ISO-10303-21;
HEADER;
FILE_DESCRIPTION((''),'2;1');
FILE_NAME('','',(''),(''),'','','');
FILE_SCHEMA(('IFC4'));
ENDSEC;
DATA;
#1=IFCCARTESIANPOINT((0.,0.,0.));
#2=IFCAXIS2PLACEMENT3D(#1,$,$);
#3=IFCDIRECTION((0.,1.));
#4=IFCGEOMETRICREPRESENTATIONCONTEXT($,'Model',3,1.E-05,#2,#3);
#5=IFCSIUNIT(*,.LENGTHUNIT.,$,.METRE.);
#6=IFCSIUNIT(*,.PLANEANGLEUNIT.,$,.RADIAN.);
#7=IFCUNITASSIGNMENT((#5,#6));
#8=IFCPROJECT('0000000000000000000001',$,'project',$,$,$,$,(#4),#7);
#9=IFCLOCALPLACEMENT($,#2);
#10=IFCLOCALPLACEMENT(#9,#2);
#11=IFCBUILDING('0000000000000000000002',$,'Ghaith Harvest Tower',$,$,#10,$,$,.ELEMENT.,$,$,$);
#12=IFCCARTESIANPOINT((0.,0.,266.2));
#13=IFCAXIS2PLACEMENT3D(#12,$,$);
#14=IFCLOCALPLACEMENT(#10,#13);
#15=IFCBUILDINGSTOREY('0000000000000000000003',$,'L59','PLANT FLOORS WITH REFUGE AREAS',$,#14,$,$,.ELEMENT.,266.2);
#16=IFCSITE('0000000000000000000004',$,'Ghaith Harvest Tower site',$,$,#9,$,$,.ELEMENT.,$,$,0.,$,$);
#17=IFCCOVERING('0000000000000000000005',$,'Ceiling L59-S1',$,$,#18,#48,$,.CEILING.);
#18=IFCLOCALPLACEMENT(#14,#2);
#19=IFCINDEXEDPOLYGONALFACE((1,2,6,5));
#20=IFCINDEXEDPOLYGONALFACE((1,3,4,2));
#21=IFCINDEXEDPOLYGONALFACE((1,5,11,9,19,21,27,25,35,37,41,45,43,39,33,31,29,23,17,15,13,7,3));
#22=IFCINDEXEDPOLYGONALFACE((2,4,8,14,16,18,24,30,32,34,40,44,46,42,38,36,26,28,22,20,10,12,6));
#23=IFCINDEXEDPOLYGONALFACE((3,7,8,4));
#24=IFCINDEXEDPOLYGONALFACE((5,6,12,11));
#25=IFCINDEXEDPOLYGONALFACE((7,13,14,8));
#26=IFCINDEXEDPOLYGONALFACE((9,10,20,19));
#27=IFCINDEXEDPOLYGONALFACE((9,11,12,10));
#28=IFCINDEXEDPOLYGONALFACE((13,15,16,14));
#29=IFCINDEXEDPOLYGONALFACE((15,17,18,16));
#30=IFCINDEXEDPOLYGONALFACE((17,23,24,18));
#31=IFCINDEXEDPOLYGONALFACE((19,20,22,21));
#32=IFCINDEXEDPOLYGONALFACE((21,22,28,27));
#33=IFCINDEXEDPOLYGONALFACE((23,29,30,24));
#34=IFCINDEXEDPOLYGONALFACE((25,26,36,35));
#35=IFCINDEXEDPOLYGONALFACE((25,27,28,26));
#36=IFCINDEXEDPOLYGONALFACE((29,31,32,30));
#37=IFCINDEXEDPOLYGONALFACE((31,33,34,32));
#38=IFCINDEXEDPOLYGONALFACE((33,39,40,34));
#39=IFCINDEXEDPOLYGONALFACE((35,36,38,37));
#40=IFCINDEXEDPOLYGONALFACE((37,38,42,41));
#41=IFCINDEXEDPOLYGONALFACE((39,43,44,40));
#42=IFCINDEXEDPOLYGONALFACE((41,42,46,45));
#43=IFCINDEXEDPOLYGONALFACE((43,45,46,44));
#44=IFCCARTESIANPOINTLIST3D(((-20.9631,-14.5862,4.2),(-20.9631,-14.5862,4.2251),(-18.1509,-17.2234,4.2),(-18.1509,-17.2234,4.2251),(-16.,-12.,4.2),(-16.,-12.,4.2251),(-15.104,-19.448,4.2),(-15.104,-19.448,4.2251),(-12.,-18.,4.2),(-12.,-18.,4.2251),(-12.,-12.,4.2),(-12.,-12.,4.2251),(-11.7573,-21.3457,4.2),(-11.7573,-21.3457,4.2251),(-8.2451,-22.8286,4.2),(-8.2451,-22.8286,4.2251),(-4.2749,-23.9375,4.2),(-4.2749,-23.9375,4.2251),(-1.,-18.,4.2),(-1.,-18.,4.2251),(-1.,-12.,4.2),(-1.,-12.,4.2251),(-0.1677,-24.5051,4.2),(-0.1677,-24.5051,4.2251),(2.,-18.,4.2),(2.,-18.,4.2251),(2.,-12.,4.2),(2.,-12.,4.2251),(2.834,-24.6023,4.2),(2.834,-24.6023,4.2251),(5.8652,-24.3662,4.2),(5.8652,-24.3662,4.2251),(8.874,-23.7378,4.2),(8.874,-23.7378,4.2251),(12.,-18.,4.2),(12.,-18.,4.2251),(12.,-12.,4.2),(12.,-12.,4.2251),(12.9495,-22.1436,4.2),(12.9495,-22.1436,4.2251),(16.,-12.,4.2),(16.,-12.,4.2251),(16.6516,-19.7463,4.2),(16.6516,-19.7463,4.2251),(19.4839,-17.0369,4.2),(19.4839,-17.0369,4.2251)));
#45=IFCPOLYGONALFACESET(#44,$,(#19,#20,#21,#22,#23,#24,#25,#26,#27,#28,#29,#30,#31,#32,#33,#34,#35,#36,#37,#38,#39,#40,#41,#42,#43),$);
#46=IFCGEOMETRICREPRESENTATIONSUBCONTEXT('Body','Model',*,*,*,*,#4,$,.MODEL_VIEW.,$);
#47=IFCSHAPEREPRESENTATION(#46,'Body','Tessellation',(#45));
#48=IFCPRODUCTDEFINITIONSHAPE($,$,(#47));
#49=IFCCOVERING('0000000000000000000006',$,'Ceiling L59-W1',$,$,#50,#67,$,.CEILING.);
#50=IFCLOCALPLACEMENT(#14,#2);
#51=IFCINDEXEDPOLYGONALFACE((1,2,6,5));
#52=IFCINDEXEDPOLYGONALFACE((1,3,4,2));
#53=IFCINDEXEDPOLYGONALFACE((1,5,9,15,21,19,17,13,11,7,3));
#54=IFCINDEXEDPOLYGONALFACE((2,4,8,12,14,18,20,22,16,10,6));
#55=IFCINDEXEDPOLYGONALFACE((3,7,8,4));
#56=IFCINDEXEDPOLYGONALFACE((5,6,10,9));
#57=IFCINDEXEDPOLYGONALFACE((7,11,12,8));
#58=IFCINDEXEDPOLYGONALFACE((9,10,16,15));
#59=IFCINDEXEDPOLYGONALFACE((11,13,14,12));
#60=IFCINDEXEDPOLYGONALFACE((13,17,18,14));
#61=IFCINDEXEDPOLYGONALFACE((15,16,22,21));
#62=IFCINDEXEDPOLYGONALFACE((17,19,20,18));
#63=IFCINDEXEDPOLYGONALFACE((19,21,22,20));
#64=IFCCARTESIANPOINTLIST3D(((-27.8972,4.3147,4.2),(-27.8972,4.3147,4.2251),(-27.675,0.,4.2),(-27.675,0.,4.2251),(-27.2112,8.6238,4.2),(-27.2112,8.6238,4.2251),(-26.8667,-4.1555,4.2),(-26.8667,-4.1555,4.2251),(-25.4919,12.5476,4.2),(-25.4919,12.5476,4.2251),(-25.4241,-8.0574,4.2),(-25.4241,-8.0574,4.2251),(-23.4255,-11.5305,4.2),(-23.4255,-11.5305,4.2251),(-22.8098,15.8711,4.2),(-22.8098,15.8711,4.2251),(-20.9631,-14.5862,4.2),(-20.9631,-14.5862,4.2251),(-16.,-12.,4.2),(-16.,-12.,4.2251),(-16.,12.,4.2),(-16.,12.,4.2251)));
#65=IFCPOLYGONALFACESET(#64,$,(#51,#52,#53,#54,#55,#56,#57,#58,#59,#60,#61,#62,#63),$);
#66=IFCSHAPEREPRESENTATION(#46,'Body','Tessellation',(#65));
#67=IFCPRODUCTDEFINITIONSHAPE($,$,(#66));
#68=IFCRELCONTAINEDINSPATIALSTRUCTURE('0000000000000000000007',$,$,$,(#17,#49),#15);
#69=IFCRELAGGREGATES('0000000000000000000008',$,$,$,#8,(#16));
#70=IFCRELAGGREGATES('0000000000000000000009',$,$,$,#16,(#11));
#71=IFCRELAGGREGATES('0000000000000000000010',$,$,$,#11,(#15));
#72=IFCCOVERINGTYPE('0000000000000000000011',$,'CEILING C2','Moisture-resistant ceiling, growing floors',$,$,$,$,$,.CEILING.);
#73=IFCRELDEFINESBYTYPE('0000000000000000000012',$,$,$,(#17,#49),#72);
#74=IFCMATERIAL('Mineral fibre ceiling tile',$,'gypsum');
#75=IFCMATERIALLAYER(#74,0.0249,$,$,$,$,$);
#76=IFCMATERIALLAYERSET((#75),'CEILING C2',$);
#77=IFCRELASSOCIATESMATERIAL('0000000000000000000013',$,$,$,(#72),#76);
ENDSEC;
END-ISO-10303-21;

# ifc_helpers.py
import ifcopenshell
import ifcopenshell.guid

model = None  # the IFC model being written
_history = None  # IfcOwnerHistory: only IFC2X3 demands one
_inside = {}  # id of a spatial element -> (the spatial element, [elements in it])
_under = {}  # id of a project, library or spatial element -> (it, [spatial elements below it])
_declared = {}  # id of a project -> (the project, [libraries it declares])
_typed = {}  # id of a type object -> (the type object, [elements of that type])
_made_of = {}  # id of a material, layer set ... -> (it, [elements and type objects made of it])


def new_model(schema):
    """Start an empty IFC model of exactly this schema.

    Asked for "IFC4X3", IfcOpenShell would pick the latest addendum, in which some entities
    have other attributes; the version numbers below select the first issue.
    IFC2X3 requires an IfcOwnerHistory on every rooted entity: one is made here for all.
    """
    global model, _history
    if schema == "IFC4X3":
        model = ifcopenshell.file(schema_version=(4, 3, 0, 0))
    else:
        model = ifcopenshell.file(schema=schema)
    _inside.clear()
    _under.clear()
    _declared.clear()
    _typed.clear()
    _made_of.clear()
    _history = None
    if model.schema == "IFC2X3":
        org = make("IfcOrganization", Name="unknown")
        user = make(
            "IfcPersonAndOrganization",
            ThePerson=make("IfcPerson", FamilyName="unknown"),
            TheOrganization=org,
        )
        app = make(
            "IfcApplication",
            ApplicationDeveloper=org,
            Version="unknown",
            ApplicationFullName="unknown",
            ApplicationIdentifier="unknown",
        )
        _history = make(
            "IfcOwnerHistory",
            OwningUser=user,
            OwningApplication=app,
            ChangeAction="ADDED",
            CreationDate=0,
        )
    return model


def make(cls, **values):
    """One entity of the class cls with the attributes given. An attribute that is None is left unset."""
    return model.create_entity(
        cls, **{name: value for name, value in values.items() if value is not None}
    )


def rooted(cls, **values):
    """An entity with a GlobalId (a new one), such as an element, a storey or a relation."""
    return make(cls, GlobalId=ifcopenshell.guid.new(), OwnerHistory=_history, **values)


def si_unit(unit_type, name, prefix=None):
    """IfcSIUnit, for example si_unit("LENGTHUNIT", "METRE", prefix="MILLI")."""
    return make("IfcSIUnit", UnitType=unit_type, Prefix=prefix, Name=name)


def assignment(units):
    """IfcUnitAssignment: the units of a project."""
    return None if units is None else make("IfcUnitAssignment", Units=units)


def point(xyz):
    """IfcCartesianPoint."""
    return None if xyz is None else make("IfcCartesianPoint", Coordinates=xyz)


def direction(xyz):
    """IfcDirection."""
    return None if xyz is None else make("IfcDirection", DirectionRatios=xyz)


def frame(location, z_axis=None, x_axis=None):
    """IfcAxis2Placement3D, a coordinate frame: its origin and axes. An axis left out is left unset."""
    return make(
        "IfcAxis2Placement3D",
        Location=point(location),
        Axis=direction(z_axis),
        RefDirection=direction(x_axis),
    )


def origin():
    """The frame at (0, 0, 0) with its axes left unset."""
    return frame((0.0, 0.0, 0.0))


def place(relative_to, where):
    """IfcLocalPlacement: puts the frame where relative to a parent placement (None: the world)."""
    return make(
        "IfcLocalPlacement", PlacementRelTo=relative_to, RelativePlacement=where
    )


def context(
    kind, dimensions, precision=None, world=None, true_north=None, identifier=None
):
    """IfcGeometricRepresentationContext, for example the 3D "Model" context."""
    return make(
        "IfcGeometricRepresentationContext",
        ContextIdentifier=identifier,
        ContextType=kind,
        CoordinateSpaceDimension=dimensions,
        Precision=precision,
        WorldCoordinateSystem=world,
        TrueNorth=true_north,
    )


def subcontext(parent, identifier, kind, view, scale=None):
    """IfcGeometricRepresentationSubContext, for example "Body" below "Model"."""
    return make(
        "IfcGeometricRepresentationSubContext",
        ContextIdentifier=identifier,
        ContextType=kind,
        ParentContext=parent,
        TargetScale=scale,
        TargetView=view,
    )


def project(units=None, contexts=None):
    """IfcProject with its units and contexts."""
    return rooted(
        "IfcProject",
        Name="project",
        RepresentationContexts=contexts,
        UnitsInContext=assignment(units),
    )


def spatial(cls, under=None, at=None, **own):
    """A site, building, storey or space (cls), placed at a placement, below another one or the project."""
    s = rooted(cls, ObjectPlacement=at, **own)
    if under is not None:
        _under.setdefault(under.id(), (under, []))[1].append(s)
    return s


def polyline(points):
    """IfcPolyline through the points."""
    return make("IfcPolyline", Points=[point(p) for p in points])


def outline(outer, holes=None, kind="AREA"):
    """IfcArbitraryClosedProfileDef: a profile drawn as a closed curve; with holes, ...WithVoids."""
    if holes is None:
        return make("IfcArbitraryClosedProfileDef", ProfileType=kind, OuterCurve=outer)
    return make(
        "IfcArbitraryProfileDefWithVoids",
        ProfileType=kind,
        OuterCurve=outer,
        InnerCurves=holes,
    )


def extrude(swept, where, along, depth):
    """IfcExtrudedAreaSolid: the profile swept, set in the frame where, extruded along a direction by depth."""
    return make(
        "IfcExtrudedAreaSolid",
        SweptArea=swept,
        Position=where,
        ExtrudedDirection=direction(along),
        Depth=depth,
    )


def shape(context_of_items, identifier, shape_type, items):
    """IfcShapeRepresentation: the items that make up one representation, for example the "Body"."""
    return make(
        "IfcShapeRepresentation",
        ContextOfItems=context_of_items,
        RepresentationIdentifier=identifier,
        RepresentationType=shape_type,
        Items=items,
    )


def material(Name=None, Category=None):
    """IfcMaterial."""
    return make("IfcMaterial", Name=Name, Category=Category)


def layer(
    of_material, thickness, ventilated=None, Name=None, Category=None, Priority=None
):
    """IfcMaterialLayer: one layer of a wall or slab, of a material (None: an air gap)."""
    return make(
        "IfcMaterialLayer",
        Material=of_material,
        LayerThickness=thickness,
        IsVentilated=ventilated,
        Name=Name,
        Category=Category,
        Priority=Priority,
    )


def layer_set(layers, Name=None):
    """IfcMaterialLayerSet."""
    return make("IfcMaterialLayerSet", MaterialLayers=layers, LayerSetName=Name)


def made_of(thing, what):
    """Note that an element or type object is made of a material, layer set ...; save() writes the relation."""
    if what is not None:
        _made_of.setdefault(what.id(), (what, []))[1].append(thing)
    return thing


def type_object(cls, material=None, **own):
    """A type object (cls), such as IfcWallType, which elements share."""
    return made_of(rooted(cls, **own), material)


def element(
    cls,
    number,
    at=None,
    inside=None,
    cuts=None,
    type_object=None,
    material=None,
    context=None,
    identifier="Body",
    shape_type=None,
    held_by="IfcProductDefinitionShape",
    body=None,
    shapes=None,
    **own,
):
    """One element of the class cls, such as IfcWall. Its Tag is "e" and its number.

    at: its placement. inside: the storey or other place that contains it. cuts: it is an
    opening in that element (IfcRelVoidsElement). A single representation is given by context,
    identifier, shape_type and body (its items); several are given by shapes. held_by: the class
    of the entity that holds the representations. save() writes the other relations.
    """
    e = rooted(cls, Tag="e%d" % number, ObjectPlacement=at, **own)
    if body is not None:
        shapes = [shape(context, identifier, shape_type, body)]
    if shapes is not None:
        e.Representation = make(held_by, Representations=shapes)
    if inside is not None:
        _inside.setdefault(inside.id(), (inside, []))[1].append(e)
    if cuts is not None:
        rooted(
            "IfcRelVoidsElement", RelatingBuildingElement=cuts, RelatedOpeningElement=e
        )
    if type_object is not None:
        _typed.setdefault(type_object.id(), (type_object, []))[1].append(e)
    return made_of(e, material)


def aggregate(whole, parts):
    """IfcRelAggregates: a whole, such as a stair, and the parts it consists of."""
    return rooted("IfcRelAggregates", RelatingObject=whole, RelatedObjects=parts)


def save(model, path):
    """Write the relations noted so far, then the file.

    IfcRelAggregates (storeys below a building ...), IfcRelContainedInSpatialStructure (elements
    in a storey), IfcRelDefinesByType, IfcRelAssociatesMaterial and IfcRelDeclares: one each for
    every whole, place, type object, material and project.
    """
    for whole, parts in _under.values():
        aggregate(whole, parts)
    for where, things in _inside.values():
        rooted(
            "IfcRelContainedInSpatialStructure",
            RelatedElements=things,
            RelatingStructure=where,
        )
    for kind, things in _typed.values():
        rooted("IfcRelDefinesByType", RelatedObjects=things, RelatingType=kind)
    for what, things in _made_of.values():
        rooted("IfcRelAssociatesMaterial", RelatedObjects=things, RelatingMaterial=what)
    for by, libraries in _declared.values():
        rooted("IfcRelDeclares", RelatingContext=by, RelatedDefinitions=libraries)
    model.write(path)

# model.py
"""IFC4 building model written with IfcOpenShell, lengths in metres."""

from ifc_helpers import new_model, si_unit, direction, frame, origin, place, context, subcontext, project, spatial, polyline, outline, extrude, material, layer, layer_set, type_object, element, save


model = new_model("IFC4")

# Units and contexts
model_context = context("Model", 3, precision=1e-05, world=origin(), true_north=direction((0.0, 1.0)))
body_context = subcontext(model_context, "Body", "Model", "MODEL_VIEW")
ifc_project = project(units=[si_unit("LENGTHUNIT", "METRE"), si_unit("PLANEANGLEUNIT", "RADIAN")], contexts=[model_context])

# Site, building, storey
site_placement = place(None, origin())
site = spatial("IfcSite", under=ifc_project, at=site_placement, Name="Ghaith Harvest Tower site", CompositionType="ELEMENT", RefElevation=0.0)
building_placement = place(site_placement, origin())
building = spatial("IfcBuilding", under=site, at=building_placement, Name="Ghaith Harvest Tower", CompositionType="ELEMENT")
storey_placement = place(building_placement, frame((0.0, 0.0, 266.2)))
storey = spatial("IfcBuildingStorey", under=building, at=storey_placement, Name="L59", Description="PLANT FLOORS WITH REFUGE AREAS", CompositionType="ELEMENT", Elevation=266.2)

# Coverings
ifc_material_1 = material(Name="Mineral fibre ceiling tile", Category="gypsum")
ifc_layer_1 = layer(ifc_material_1, 0.0249)
ifc_layer_set_1 = layer_set([ifc_layer_1], Name="CEILING C2")
covering_type = type_object("IfcCoveringType", Name="CEILING C2", Description="Moisture-resistant ceiling, growing floors", PredefinedType="CEILING", material=ifc_layer_set_1)
covering_1_placement = place(storey_placement, frame((0.0, 0.0, 4.2)))
element("IfcCovering", 1, at=covering_1_placement, inside=storey, type_object=covering_type, Name="Ceiling L59-S1", PredefinedType="CEILING", context=body_context, shape_type="SweptSolid", body=[
    extrude(outline(polyline([(16.6516, -19.7463), (12.9495, -22.1436), (8.874, -23.7378), (5.8652, -24.3662), (2.834, -24.6023), (-0.1677, -24.5051), (-4.2749, -23.9375), (-8.2451, -22.8286), (-11.7573, -21.3457), (-15.104, -19.448), (-18.1509, -17.2234), (-20.9631, -14.5862), (-16.0, -12.0), (-12.0, -12.0), (-12.0, -18.0), (-1.0, -18.0), (-1.0, -12.0), (2.0, -12.0), (2.0, -18.0), (12.0, -18.0), (12.0, -12.0), (16.0, -12.0), (19.4839, -17.0369), (16.6516, -19.7463)])), origin(), (0.0, 0.0, 1.0), 0.0251),
])
covering_2_placement = place(storey_placement, frame((0.0, 0.0, 4.2)))
element("IfcCovering", 2, at=covering_2_placement, inside=storey, type_object=covering_type, Name="Ceiling L59-W1", PredefinedType="CEILING", context=body_context, shape_type="SweptSolid", body=[
    extrude(outline(polyline([(-23.4255, -11.5305), (-25.4241, -8.0574), (-26.8667, -4.1555), (-27.675, 0.0), (-27.8972, 4.3147), (-27.2112, 8.6238), (-25.4919, 12.5476), (-22.8098, 15.8711), (-16.0, 12.0), (-16.0, -12.0), (-20.9631, -14.5862), (-23.4255, -11.5305)])), origin(), (0.0, 0.0, 1.0), 0.0251),
])

save(model, "model.ifc")
